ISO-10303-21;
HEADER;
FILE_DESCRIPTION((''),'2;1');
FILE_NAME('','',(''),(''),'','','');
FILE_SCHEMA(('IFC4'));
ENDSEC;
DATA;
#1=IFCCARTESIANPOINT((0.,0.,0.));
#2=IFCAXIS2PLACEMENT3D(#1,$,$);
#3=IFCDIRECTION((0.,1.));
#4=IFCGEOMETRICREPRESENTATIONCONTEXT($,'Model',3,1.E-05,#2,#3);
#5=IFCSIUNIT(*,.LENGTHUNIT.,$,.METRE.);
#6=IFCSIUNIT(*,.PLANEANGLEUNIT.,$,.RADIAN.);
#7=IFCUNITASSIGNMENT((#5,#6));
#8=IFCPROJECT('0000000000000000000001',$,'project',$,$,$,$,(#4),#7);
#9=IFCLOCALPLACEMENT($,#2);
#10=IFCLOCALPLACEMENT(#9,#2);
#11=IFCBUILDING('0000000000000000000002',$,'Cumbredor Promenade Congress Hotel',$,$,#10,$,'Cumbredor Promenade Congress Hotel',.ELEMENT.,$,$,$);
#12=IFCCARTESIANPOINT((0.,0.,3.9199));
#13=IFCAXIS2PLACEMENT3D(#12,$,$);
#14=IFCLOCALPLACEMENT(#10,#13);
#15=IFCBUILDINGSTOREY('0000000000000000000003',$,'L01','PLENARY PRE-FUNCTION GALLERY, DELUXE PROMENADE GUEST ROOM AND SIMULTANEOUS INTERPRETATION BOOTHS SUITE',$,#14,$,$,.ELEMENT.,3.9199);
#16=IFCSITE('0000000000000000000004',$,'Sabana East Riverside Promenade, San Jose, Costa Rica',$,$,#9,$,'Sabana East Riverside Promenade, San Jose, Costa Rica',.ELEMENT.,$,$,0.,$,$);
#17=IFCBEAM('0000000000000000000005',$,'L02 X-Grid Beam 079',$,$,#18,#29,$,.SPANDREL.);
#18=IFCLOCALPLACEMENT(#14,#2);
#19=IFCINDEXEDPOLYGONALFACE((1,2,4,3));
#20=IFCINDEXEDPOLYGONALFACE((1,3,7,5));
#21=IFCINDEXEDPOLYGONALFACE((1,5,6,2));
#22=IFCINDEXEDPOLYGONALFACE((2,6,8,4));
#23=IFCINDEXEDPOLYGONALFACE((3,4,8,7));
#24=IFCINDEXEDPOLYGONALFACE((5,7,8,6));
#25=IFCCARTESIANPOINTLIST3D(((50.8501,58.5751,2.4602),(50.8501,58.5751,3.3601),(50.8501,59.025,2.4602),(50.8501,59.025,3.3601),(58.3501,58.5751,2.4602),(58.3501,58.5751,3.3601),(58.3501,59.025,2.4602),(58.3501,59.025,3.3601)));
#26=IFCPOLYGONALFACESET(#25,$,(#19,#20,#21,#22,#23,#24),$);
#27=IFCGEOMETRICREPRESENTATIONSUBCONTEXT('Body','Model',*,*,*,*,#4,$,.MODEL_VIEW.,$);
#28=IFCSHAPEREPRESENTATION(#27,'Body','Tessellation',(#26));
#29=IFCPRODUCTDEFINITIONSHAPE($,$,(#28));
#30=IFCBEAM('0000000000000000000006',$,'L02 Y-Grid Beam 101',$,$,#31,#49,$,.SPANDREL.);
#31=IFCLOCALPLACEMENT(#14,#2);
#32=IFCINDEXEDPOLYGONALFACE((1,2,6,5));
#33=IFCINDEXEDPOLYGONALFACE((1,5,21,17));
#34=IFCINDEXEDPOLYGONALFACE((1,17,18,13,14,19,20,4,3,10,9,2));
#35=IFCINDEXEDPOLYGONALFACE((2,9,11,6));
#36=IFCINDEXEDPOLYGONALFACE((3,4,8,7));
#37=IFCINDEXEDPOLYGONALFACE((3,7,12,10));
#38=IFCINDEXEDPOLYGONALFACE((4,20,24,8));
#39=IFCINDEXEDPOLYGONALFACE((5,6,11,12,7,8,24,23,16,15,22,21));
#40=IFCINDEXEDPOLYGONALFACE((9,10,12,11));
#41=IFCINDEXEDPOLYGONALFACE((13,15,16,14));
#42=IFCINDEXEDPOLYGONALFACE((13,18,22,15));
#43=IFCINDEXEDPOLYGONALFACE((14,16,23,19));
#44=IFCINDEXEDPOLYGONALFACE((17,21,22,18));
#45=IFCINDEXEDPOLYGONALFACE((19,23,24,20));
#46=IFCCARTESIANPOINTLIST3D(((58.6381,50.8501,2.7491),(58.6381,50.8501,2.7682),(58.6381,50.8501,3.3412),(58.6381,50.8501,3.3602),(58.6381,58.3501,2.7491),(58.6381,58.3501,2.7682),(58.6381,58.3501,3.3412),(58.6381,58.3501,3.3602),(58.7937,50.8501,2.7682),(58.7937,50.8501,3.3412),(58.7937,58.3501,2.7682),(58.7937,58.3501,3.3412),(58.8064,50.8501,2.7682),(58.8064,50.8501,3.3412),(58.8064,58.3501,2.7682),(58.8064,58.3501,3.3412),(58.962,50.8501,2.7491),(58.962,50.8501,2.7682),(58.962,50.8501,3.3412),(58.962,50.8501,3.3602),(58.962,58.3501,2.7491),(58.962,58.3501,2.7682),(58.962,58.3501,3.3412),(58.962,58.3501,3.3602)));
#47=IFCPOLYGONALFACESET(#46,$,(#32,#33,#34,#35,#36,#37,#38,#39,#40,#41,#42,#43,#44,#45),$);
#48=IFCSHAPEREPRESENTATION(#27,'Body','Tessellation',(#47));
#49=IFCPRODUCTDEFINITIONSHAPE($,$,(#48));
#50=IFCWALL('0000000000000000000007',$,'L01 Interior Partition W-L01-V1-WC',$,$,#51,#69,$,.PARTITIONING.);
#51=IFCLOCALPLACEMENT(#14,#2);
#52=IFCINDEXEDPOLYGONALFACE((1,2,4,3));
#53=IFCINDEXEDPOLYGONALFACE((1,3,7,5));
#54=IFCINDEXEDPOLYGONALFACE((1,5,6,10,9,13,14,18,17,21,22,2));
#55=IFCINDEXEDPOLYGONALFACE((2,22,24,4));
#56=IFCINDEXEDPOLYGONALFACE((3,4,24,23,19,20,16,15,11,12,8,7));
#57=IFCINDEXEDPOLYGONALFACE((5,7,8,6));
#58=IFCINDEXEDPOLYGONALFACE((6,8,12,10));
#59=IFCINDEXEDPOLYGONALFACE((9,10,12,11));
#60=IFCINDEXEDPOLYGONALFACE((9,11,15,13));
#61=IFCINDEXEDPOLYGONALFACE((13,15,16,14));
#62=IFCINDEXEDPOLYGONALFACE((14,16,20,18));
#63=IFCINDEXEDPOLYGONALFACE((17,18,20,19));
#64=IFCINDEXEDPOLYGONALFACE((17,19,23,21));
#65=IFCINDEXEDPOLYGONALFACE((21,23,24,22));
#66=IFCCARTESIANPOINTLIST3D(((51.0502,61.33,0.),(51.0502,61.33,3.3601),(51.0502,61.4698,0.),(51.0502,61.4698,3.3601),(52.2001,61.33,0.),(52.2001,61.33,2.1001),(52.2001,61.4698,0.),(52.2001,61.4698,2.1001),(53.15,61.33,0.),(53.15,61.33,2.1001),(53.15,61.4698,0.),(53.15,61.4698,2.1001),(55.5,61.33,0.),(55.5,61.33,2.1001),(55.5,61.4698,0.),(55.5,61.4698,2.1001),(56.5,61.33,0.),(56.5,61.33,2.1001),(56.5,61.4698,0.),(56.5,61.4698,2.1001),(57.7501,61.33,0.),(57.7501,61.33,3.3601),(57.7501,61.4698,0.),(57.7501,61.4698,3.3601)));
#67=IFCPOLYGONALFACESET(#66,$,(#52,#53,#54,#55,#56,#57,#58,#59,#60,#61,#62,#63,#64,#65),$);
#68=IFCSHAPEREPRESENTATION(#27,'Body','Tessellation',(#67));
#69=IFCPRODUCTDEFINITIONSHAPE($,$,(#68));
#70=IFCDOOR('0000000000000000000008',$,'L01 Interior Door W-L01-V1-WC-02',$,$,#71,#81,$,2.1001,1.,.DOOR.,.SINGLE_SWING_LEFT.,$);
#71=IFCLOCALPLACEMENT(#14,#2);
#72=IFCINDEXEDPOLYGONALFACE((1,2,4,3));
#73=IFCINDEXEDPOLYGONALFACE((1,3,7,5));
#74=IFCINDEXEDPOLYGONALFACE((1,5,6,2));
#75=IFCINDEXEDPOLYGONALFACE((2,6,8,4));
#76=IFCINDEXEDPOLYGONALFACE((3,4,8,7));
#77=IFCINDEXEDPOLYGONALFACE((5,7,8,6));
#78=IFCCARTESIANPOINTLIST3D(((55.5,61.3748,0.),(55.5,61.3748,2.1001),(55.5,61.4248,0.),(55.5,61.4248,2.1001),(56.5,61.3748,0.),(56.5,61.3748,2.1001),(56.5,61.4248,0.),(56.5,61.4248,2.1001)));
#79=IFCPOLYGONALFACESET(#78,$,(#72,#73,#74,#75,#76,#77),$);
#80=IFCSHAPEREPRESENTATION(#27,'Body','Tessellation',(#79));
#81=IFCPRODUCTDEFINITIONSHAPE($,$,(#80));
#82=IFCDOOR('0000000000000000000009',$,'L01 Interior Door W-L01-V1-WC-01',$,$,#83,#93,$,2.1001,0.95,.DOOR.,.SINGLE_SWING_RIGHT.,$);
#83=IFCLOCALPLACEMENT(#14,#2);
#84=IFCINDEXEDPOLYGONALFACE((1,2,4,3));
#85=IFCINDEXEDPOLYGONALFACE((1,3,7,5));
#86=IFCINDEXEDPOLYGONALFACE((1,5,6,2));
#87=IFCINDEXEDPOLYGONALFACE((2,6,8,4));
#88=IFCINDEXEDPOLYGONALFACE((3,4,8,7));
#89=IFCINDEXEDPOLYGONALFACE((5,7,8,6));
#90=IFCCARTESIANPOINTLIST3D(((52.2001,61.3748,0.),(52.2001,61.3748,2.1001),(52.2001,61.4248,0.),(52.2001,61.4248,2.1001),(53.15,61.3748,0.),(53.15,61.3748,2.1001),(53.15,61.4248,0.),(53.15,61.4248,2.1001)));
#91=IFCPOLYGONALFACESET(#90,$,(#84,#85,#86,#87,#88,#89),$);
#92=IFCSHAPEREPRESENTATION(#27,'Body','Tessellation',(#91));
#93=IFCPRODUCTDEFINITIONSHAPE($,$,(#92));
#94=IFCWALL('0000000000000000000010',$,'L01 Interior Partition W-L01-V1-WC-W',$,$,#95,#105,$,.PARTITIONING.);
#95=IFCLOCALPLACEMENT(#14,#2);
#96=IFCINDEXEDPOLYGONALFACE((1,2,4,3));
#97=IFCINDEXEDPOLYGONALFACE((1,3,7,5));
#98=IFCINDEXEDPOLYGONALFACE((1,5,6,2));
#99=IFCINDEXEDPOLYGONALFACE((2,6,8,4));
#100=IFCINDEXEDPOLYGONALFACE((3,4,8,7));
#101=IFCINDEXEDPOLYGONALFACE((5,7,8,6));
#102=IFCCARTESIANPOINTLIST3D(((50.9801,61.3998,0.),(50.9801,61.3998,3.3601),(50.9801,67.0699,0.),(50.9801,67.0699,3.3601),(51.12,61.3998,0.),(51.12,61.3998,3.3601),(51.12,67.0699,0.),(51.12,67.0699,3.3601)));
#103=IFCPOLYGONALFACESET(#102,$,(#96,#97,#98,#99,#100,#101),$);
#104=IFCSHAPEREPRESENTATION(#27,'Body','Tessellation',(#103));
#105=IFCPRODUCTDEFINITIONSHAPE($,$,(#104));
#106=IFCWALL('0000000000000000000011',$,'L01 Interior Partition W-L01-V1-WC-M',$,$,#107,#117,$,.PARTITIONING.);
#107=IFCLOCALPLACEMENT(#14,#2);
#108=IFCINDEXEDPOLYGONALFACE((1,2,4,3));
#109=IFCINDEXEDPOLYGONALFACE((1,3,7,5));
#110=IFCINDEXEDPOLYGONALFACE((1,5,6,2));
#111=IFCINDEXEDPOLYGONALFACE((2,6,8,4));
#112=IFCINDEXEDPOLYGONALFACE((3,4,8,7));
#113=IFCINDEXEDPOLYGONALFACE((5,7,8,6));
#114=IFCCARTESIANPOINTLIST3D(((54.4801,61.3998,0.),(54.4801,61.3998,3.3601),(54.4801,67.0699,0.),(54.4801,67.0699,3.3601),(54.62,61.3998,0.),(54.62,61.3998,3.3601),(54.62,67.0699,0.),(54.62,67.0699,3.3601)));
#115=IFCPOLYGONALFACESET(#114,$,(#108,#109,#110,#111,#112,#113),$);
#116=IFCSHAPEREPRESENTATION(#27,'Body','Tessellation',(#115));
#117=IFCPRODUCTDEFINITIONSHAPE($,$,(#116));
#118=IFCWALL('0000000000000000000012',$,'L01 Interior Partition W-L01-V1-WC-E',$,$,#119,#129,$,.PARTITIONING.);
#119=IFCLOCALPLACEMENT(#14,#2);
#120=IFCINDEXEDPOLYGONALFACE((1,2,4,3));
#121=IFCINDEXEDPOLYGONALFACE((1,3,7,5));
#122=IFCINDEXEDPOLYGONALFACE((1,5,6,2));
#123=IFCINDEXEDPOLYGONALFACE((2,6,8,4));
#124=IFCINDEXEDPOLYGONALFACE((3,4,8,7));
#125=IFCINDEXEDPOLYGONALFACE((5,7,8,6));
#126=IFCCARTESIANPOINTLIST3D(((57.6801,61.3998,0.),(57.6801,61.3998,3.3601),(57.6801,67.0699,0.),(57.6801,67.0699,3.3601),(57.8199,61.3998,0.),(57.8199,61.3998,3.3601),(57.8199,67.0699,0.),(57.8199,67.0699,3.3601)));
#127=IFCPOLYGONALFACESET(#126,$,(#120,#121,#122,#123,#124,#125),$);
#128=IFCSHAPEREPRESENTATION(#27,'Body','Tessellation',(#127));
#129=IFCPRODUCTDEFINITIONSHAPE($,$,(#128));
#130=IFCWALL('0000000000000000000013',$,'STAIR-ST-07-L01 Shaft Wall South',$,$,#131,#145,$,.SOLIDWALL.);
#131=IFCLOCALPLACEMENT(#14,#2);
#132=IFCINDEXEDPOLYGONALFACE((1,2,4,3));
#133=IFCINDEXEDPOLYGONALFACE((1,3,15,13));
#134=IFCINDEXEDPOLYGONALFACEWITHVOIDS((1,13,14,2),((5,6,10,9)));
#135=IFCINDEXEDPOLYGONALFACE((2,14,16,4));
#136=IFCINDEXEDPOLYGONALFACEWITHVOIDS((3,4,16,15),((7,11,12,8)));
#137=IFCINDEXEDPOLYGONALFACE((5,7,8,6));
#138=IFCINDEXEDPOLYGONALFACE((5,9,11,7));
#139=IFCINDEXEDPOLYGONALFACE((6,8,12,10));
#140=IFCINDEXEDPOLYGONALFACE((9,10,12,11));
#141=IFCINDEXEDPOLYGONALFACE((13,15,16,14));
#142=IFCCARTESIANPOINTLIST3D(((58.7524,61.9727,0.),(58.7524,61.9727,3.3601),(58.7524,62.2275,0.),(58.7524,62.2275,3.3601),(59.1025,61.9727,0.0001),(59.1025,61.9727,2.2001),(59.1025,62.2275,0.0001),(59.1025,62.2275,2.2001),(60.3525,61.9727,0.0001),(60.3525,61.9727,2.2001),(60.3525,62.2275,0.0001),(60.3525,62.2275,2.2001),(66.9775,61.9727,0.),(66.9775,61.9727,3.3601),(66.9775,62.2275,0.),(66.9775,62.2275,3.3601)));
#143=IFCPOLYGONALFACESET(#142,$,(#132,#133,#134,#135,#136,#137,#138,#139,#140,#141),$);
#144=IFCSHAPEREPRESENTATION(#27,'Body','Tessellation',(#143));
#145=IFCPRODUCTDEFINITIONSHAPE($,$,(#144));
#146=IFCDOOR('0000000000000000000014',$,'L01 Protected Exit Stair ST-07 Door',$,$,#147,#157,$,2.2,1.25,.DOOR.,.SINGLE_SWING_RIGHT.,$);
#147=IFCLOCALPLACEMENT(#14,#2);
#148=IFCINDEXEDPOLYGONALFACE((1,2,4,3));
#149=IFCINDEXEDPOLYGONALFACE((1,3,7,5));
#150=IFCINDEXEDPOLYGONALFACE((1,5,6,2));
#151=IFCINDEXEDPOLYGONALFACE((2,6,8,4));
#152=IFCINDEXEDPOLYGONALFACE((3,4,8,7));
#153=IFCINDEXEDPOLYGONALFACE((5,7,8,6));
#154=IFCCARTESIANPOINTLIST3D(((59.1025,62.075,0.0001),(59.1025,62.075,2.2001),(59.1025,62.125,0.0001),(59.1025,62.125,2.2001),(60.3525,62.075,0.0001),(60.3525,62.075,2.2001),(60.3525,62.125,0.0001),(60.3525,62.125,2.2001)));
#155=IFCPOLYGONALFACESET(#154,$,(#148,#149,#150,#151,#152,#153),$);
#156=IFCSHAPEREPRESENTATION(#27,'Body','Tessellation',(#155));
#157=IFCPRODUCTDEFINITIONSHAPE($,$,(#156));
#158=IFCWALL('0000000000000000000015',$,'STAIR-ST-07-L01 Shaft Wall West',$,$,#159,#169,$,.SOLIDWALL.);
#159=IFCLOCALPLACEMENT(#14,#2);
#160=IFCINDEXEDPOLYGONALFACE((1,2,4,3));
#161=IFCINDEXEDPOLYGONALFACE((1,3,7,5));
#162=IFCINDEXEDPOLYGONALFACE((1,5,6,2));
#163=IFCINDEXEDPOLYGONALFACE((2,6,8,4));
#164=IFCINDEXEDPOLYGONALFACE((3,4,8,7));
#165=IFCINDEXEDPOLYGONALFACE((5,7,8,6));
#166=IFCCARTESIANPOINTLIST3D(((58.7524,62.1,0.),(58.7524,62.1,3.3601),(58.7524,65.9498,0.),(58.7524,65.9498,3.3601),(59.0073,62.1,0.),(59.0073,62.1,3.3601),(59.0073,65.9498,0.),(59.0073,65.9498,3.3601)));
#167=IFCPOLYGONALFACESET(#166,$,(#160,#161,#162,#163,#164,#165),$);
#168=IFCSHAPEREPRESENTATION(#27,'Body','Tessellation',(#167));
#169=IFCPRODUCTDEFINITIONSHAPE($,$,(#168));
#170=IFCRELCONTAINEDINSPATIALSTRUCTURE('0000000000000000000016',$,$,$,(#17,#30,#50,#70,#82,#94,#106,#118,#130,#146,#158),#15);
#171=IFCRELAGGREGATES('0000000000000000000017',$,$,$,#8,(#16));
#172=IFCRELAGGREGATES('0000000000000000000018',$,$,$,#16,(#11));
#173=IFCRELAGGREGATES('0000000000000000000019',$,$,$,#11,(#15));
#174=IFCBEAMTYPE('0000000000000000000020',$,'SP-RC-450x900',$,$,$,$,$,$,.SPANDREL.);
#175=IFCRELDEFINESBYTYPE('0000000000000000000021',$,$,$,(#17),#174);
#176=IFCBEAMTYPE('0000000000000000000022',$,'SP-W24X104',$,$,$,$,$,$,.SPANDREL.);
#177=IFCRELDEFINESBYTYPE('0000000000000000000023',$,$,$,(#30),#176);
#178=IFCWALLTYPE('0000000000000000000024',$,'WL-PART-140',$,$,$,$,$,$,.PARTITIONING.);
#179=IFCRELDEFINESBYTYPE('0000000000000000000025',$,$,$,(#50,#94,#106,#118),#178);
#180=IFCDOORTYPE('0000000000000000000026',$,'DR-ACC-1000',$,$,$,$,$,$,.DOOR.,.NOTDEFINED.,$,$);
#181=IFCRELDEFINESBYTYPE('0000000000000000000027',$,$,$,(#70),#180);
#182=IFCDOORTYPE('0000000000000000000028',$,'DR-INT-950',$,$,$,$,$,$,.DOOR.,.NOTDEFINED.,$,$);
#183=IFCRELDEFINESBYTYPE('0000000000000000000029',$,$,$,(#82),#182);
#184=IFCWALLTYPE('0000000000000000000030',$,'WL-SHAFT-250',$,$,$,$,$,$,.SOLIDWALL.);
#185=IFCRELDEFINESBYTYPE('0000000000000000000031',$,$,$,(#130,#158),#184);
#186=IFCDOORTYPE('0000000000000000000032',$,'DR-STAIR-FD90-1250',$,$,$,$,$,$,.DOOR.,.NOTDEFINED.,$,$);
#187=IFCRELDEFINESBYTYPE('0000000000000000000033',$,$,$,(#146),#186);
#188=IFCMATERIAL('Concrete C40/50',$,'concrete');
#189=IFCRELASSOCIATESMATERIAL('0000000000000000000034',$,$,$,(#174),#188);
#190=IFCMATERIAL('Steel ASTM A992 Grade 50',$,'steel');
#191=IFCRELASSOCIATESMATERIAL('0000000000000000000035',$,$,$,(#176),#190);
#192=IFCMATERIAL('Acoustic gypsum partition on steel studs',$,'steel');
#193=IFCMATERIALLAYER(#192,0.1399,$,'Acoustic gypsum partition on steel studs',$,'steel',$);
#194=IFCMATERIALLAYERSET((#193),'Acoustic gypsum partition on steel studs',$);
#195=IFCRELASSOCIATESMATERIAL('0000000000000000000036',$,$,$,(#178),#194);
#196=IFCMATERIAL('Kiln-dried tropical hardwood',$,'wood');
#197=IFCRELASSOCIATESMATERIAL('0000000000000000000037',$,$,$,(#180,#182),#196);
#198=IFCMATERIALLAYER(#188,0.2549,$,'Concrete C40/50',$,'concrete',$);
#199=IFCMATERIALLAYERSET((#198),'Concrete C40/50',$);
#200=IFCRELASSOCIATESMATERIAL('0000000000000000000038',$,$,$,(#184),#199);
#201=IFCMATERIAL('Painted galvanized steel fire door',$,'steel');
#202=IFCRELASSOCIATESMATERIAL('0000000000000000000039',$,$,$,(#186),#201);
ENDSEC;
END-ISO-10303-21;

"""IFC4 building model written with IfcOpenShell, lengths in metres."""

from ifc_helpers import new_model, si_unit, direction, frame, frame_2d, origin, origin_2d, place, context, subcontext, project, spatial, rectangle, i_section, extrude, material, layer, layer_set, material_profile, profile_set, type_object, element, fill, save


model = new_model("IFC4")

# Units and contexts
model_context = context("Model", 3, precision=1e-05, world=origin(), true_north=direction((0.0, 1.0)))
body_context = subcontext(model_context, "Body", "Model", "MODEL_VIEW")
ifc_project = project(units=[si_unit("LENGTHUNIT", "METRE"), si_unit("PLANEANGLEUNIT", "RADIAN")], contexts=[model_context])

# Site, building, storey
site_placement = place(None, origin())
site = spatial("IfcSite", under=ifc_project, at=site_placement, Name="Sabana East Riverside Promenade, San Jose, Costa Rica", LongName="Sabana East Riverside Promenade, San Jose, Costa Rica", CompositionType="ELEMENT", RefElevation=0.0)
building_placement = place(site_placement, origin())
building = spatial("IfcBuilding", under=site, at=building_placement, Name="Cumbredor Promenade Congress Hotel", LongName="Cumbredor Promenade Congress Hotel", CompositionType="ELEMENT")
storey_placement = place(building_placement, frame((0.0, 0.0, 3.9199)))
storey = spatial("IfcBuildingStorey", under=building, at=storey_placement, Name="L01", Description="PLENARY PRE-FUNCTION GALLERY, DELUXE PROMENADE GUEST ROOM AND SIMULTANEOUS INTERPRETATION BOOTHS SUITE", CompositionType="ELEMENT", Elevation=3.9199)

# Shared definitions
ifc_material_1 = material(Name="Concrete C40/50", Category="concrete")

# Beams
ifc_material_2 = material(Name="Steel ASTM A992 Grade 50", Category="steel")
ifc_material_profile_1 = material_profile(ifc_material_1, rectangle(XDim=0.45, YDim=0.8999, at=origin_2d()), Name="RC SPANDREL 450x900")
ifc_profile_set_1 = profile_set([ifc_material_profile_1], Name="Concrete C40/50")
beam_type_1 = type_object("IfcBeamType", Name="SP-RC-450x900", PredefinedType="SPANDREL", material=ifc_profile_set_1)
beam_1_placement = place(storey_placement, frame((50.8501, 58.8, 2.9102), z_axis=(1.0, 0.0, 0.0), x_axis=(0.0, 1.0, 0.0)))
element("IfcBeam", 1, at=beam_1_placement, inside=storey, type_object=beam_type_1, Name="L02 X-Grid Beam 079", PredefinedType="SPANDREL", context=body_context, shape_type="SweptSolid", body=[
    extrude(rectangle(XDim=0.45, YDim=0.8999, at=origin_2d()), origin(), (0.0, 0.0, 1.0), 7.5),
])
ifc_material_profile_2 = material_profile(ifc_material_2, i_section(OverallWidth=0.324, OverallDepth=0.6111, WebThickness=0.0127, FlangeThickness=0.019, at=origin_2d()), Name="W24X104")
ifc_profile_set_2 = profile_set([ifc_material_profile_2], Name="Steel ASTM A992 Grade 50")
beam_type_2 = type_object("IfcBeamType", Name="SP-W24X104", PredefinedType="SPANDREL", material=ifc_profile_set_2)
beam_2_placement = place(storey_placement, frame((58.8, 50.8501, 3.0547), z_axis=(0.0, 1.0, 0.0), x_axis=(-1.0, 0.0, 0.0)))
element("IfcBeam", 2, at=beam_2_placement, inside=storey, type_object=beam_type_2, Name="L02 Y-Grid Beam 101", PredefinedType="SPANDREL", context=body_context, shape_type="SweptSolid", body=[
    extrude(i_section(OverallWidth=0.324, OverallDepth=0.6111, WebThickness=0.0127, FlangeThickness=0.019, at=origin_2d()), origin(), (0.0, 0.0, 1.0), 7.5),
])

# Wall, openings, doors
ifc_material_3 = material(Name="Acoustic gypsum partition on steel studs", Category="steel")
ifc_layer_1 = layer(ifc_material_3, 0.1399, Name="Acoustic gypsum partition on steel studs", Category="steel")
ifc_layer_set_1 = layer_set([ifc_layer_1], Name="Acoustic gypsum partition on steel studs")
wall_type_1 = type_object("IfcWallType", Name="WL-PART-140", PredefinedType="PARTITIONING", material=ifc_layer_set_1)
wall_1_placement = place(storey_placement, frame((51.05, 61.3999, 0.0), z_axis=(0.0, 0.0, 1.0), x_axis=(1.0, 0.0, 0.0)))
wall_1 = element("IfcWall", 3, at=wall_1_placement, inside=storey, type_object=wall_type_1, Name="L01 Interior Partition W-L01-V1-WC", PredefinedType="PARTITIONING", context=body_context, shape_type="SweptSolid", body=[
    extrude(rectangle(XDim=6.7, YDim=0.1399, at=frame_2d((3.3501, 0.0))), origin(), (0.0, 0.0, 1.0), 3.3601),
])
opening_1_placement = place(wall_1_placement, frame((1.1499, 0.0, 0.0)))
opening_1 = element("IfcOpeningElement", 4, at=opening_1_placement, cuts=wall_1, PredefinedType="OPENING", context=body_context, shape_type="SweptSolid", body=[
    extrude(rectangle(XDim=0.95, YDim=2.1001, at=frame_2d((0.4751, 1.05))), frame((0.0, 0.0801, 0.0), z_axis=(0.0, -1.0, 0.0), x_axis=(1.0, 0.0, 0.0)), (0.0, 0.0, 1.0), 0.1599),
])
opening_2_placement = place(wall_1_placement, frame((4.45, 0.0, 0.0)))
opening_2 = element("IfcOpeningElement", 5, at=opening_2_placement, cuts=wall_1, PredefinedType="OPENING", context=body_context, shape_type="SweptSolid", body=[
    extrude(rectangle(XDim=1.0, YDim=2.1001, at=frame_2d((0.5, 1.05))), frame((0.0, 0.0801, 0.0), z_axis=(0.0, -1.0, 0.0), x_axis=(1.0, 0.0, 0.0)), (0.0, 0.0, 1.0), 0.1599),
])
ifc_material_4 = material(Name="Kiln-dried tropical hardwood", Category="wood")
door_type_1 = type_object("IfcDoorType", Name="DR-ACC-1000", OperationType="NOTDEFINED", PredefinedType="DOOR", material=ifc_material_4)
door_1_placement = place(opening_2_placement, origin())
door_1 = element("IfcDoor", 6, at=door_1_placement, inside=storey, type_object=door_type_1, Name="L01 Interior Door W-L01-V1-WC-02", OperationType="SINGLE_SWING_LEFT", OverallHeight=2.1001, OverallWidth=1.0, PredefinedType="DOOR", context=body_context, shape_type="SweptSolid", body=[
    extrude(rectangle(XDim=1.0, YDim=2.1001, at=frame_2d((0.5, 1.05))), frame((0.0, 0.0249, 0.0), z_axis=(0.0, -1.0, 0.0), x_axis=(1.0, 0.0, 0.0)), (0.0, 0.0, 1.0), 0.05),
])
fill(opening_2, door_1)
door_type_2 = type_object("IfcDoorType", Name="DR-INT-950", OperationType="NOTDEFINED", PredefinedType="DOOR", material=ifc_material_4)
door_2_placement = place(opening_1_placement, origin())
door_2 = element("IfcDoor", 7, at=door_2_placement, inside=storey, type_object=door_type_2, Name="L01 Interior Door W-L01-V1-WC-01", OperationType="SINGLE_SWING_RIGHT", OverallHeight=2.1001, OverallWidth=0.95, PredefinedType="DOOR", context=body_context, shape_type="SweptSolid", body=[
    extrude(rectangle(XDim=0.95, YDim=2.1001, at=frame_2d((0.4751, 1.05))), frame((0.0, 0.0249, 0.0), z_axis=(0.0, -1.0, 0.0), x_axis=(1.0, 0.0, 0.0)), (0.0, 0.0, 1.0), 0.05),
])
fill(opening_1, door_2)

# Walls
for number, where, z_axis, x_axis, name in (
    (8, (51.05, 61.3999, 0.0), (0.0, 0.0, 1.0), (0.0, 1.0, 0.0), "L01 Interior Partition W-L01-V1-WC-W"),
    (9, (54.55, 61.3999, 0.0), (0.0, 0.0, 1.0), (0.0, 1.0, 0.0), "L01 Interior Partition W-L01-V1-WC-M"),
    (10, (57.75, 61.3999, 0.0), (0.0, 0.0, 1.0), (0.0, 1.0, 0.0), "L01 Interior Partition W-L01-V1-WC-E"),
):
    element("IfcWall", number, at=place(storey_placement, frame(where, z_axis=z_axis, x_axis=x_axis)), inside=storey, type_object=wall_type_1, Name=name, PredefinedType="PARTITIONING", context=body_context, shape_type="SweptSolid", body=[
        extrude(rectangle(XDim=5.6702, YDim=0.1399, at=frame_2d((2.835, 0.0))), origin(), (0.0, 0.0, 1.0), 3.3601),
    ])

# Wall, opening, door
ifc_layer_2 = layer(ifc_material_1, 0.2549, Name="Concrete C40/50", Category="concrete")
ifc_layer_set_2 = layer_set([ifc_layer_2], Name="Concrete C40/50")
wall_type_2 = type_object("IfcWallType", Name="WL-SHAFT-250", PredefinedType="SOLIDWALL", material=ifc_layer_set_2)
wall_2_placement = place(storey_placement, frame((58.7524, 62.1001, 0.0), z_axis=(0.0, 0.0, 1.0), x_axis=(1.0, 0.0, 0.0)))
wall_2 = element("IfcWall", 11, at=wall_2_placement, inside=storey, type_object=wall_type_2, Name="STAIR-ST-07-L01 Shaft Wall South", PredefinedType="SOLIDWALL", context=body_context, shape_type="SweptSolid", body=[
    extrude(rectangle(XDim=8.2251, YDim=0.2549, at=frame_2d((4.1125, 0.0))), origin(), (0.0, 0.0, 1.0), 3.3601),
])
opening_3_placement = place(wall_2_placement, frame((0.3501, 0.0, 0.0)))
opening_3 = element("IfcOpeningElement", 12, at=opening_3_placement, cuts=wall_2, PredefinedType="OPENING", context=body_context, shape_type="SweptSolid", body=[
    extrude(rectangle(XDim=1.25, YDim=2.2, at=frame_2d((0.625, 1.1001))), frame((0.0, 0.1375, 0.0), z_axis=(0.0, -1.0, 0.0), x_axis=(1.0, 0.0, 0.0)), (0.0, 0.0, 1.0), 0.2749),
])
ifc_material_5 = material(Name="Painted galvanized steel fire door", Category="steel")
door_type_3 = type_object("IfcDoorType", Name="DR-STAIR-FD90-1250", OperationType="NOTDEFINED", PredefinedType="DOOR", material=ifc_material_5)
door_3_placement = place(opening_3_placement, origin())
door_3 = element("IfcDoor", 13, at=door_3_placement, inside=storey, type_object=door_type_3, Name="L01 Protected Exit Stair ST-07 Door", OperationType="SINGLE_SWING_RIGHT", OverallHeight=2.2, OverallWidth=1.25, PredefinedType="DOOR", context=body_context, shape_type="SweptSolid", body=[
    extrude(rectangle(XDim=1.25, YDim=2.2, at=frame_2d((0.625, 1.1001))), frame((0.0, 0.0249, 0.0), z_axis=(0.0, -1.0, 0.0), x_axis=(1.0, 0.0, 0.0)), (0.0, 0.0, 1.0), 0.05),
])
fill(opening_3, door_3)

# Wall
wall_3_placement = place(storey_placement, frame((58.8799, 62.1001, 0.0), z_axis=(0.0, 0.0, 1.0), x_axis=(0.0, 1.0, 0.0)))
element("IfcWall", 14, at=wall_3_placement, inside=storey, type_object=wall_type_2, Name="STAIR-ST-07-L01 Shaft Wall West", PredefinedType="SOLIDWALL", context=body_context, shape_type="SweptSolid", body=[
    extrude(rectangle(XDim=3.8499, YDim=0.2549, at=frame_2d((1.9248, 0.0))), origin(), (0.0, 0.0, 1.0), 3.3601),
])

save(model, "model.ifc")
